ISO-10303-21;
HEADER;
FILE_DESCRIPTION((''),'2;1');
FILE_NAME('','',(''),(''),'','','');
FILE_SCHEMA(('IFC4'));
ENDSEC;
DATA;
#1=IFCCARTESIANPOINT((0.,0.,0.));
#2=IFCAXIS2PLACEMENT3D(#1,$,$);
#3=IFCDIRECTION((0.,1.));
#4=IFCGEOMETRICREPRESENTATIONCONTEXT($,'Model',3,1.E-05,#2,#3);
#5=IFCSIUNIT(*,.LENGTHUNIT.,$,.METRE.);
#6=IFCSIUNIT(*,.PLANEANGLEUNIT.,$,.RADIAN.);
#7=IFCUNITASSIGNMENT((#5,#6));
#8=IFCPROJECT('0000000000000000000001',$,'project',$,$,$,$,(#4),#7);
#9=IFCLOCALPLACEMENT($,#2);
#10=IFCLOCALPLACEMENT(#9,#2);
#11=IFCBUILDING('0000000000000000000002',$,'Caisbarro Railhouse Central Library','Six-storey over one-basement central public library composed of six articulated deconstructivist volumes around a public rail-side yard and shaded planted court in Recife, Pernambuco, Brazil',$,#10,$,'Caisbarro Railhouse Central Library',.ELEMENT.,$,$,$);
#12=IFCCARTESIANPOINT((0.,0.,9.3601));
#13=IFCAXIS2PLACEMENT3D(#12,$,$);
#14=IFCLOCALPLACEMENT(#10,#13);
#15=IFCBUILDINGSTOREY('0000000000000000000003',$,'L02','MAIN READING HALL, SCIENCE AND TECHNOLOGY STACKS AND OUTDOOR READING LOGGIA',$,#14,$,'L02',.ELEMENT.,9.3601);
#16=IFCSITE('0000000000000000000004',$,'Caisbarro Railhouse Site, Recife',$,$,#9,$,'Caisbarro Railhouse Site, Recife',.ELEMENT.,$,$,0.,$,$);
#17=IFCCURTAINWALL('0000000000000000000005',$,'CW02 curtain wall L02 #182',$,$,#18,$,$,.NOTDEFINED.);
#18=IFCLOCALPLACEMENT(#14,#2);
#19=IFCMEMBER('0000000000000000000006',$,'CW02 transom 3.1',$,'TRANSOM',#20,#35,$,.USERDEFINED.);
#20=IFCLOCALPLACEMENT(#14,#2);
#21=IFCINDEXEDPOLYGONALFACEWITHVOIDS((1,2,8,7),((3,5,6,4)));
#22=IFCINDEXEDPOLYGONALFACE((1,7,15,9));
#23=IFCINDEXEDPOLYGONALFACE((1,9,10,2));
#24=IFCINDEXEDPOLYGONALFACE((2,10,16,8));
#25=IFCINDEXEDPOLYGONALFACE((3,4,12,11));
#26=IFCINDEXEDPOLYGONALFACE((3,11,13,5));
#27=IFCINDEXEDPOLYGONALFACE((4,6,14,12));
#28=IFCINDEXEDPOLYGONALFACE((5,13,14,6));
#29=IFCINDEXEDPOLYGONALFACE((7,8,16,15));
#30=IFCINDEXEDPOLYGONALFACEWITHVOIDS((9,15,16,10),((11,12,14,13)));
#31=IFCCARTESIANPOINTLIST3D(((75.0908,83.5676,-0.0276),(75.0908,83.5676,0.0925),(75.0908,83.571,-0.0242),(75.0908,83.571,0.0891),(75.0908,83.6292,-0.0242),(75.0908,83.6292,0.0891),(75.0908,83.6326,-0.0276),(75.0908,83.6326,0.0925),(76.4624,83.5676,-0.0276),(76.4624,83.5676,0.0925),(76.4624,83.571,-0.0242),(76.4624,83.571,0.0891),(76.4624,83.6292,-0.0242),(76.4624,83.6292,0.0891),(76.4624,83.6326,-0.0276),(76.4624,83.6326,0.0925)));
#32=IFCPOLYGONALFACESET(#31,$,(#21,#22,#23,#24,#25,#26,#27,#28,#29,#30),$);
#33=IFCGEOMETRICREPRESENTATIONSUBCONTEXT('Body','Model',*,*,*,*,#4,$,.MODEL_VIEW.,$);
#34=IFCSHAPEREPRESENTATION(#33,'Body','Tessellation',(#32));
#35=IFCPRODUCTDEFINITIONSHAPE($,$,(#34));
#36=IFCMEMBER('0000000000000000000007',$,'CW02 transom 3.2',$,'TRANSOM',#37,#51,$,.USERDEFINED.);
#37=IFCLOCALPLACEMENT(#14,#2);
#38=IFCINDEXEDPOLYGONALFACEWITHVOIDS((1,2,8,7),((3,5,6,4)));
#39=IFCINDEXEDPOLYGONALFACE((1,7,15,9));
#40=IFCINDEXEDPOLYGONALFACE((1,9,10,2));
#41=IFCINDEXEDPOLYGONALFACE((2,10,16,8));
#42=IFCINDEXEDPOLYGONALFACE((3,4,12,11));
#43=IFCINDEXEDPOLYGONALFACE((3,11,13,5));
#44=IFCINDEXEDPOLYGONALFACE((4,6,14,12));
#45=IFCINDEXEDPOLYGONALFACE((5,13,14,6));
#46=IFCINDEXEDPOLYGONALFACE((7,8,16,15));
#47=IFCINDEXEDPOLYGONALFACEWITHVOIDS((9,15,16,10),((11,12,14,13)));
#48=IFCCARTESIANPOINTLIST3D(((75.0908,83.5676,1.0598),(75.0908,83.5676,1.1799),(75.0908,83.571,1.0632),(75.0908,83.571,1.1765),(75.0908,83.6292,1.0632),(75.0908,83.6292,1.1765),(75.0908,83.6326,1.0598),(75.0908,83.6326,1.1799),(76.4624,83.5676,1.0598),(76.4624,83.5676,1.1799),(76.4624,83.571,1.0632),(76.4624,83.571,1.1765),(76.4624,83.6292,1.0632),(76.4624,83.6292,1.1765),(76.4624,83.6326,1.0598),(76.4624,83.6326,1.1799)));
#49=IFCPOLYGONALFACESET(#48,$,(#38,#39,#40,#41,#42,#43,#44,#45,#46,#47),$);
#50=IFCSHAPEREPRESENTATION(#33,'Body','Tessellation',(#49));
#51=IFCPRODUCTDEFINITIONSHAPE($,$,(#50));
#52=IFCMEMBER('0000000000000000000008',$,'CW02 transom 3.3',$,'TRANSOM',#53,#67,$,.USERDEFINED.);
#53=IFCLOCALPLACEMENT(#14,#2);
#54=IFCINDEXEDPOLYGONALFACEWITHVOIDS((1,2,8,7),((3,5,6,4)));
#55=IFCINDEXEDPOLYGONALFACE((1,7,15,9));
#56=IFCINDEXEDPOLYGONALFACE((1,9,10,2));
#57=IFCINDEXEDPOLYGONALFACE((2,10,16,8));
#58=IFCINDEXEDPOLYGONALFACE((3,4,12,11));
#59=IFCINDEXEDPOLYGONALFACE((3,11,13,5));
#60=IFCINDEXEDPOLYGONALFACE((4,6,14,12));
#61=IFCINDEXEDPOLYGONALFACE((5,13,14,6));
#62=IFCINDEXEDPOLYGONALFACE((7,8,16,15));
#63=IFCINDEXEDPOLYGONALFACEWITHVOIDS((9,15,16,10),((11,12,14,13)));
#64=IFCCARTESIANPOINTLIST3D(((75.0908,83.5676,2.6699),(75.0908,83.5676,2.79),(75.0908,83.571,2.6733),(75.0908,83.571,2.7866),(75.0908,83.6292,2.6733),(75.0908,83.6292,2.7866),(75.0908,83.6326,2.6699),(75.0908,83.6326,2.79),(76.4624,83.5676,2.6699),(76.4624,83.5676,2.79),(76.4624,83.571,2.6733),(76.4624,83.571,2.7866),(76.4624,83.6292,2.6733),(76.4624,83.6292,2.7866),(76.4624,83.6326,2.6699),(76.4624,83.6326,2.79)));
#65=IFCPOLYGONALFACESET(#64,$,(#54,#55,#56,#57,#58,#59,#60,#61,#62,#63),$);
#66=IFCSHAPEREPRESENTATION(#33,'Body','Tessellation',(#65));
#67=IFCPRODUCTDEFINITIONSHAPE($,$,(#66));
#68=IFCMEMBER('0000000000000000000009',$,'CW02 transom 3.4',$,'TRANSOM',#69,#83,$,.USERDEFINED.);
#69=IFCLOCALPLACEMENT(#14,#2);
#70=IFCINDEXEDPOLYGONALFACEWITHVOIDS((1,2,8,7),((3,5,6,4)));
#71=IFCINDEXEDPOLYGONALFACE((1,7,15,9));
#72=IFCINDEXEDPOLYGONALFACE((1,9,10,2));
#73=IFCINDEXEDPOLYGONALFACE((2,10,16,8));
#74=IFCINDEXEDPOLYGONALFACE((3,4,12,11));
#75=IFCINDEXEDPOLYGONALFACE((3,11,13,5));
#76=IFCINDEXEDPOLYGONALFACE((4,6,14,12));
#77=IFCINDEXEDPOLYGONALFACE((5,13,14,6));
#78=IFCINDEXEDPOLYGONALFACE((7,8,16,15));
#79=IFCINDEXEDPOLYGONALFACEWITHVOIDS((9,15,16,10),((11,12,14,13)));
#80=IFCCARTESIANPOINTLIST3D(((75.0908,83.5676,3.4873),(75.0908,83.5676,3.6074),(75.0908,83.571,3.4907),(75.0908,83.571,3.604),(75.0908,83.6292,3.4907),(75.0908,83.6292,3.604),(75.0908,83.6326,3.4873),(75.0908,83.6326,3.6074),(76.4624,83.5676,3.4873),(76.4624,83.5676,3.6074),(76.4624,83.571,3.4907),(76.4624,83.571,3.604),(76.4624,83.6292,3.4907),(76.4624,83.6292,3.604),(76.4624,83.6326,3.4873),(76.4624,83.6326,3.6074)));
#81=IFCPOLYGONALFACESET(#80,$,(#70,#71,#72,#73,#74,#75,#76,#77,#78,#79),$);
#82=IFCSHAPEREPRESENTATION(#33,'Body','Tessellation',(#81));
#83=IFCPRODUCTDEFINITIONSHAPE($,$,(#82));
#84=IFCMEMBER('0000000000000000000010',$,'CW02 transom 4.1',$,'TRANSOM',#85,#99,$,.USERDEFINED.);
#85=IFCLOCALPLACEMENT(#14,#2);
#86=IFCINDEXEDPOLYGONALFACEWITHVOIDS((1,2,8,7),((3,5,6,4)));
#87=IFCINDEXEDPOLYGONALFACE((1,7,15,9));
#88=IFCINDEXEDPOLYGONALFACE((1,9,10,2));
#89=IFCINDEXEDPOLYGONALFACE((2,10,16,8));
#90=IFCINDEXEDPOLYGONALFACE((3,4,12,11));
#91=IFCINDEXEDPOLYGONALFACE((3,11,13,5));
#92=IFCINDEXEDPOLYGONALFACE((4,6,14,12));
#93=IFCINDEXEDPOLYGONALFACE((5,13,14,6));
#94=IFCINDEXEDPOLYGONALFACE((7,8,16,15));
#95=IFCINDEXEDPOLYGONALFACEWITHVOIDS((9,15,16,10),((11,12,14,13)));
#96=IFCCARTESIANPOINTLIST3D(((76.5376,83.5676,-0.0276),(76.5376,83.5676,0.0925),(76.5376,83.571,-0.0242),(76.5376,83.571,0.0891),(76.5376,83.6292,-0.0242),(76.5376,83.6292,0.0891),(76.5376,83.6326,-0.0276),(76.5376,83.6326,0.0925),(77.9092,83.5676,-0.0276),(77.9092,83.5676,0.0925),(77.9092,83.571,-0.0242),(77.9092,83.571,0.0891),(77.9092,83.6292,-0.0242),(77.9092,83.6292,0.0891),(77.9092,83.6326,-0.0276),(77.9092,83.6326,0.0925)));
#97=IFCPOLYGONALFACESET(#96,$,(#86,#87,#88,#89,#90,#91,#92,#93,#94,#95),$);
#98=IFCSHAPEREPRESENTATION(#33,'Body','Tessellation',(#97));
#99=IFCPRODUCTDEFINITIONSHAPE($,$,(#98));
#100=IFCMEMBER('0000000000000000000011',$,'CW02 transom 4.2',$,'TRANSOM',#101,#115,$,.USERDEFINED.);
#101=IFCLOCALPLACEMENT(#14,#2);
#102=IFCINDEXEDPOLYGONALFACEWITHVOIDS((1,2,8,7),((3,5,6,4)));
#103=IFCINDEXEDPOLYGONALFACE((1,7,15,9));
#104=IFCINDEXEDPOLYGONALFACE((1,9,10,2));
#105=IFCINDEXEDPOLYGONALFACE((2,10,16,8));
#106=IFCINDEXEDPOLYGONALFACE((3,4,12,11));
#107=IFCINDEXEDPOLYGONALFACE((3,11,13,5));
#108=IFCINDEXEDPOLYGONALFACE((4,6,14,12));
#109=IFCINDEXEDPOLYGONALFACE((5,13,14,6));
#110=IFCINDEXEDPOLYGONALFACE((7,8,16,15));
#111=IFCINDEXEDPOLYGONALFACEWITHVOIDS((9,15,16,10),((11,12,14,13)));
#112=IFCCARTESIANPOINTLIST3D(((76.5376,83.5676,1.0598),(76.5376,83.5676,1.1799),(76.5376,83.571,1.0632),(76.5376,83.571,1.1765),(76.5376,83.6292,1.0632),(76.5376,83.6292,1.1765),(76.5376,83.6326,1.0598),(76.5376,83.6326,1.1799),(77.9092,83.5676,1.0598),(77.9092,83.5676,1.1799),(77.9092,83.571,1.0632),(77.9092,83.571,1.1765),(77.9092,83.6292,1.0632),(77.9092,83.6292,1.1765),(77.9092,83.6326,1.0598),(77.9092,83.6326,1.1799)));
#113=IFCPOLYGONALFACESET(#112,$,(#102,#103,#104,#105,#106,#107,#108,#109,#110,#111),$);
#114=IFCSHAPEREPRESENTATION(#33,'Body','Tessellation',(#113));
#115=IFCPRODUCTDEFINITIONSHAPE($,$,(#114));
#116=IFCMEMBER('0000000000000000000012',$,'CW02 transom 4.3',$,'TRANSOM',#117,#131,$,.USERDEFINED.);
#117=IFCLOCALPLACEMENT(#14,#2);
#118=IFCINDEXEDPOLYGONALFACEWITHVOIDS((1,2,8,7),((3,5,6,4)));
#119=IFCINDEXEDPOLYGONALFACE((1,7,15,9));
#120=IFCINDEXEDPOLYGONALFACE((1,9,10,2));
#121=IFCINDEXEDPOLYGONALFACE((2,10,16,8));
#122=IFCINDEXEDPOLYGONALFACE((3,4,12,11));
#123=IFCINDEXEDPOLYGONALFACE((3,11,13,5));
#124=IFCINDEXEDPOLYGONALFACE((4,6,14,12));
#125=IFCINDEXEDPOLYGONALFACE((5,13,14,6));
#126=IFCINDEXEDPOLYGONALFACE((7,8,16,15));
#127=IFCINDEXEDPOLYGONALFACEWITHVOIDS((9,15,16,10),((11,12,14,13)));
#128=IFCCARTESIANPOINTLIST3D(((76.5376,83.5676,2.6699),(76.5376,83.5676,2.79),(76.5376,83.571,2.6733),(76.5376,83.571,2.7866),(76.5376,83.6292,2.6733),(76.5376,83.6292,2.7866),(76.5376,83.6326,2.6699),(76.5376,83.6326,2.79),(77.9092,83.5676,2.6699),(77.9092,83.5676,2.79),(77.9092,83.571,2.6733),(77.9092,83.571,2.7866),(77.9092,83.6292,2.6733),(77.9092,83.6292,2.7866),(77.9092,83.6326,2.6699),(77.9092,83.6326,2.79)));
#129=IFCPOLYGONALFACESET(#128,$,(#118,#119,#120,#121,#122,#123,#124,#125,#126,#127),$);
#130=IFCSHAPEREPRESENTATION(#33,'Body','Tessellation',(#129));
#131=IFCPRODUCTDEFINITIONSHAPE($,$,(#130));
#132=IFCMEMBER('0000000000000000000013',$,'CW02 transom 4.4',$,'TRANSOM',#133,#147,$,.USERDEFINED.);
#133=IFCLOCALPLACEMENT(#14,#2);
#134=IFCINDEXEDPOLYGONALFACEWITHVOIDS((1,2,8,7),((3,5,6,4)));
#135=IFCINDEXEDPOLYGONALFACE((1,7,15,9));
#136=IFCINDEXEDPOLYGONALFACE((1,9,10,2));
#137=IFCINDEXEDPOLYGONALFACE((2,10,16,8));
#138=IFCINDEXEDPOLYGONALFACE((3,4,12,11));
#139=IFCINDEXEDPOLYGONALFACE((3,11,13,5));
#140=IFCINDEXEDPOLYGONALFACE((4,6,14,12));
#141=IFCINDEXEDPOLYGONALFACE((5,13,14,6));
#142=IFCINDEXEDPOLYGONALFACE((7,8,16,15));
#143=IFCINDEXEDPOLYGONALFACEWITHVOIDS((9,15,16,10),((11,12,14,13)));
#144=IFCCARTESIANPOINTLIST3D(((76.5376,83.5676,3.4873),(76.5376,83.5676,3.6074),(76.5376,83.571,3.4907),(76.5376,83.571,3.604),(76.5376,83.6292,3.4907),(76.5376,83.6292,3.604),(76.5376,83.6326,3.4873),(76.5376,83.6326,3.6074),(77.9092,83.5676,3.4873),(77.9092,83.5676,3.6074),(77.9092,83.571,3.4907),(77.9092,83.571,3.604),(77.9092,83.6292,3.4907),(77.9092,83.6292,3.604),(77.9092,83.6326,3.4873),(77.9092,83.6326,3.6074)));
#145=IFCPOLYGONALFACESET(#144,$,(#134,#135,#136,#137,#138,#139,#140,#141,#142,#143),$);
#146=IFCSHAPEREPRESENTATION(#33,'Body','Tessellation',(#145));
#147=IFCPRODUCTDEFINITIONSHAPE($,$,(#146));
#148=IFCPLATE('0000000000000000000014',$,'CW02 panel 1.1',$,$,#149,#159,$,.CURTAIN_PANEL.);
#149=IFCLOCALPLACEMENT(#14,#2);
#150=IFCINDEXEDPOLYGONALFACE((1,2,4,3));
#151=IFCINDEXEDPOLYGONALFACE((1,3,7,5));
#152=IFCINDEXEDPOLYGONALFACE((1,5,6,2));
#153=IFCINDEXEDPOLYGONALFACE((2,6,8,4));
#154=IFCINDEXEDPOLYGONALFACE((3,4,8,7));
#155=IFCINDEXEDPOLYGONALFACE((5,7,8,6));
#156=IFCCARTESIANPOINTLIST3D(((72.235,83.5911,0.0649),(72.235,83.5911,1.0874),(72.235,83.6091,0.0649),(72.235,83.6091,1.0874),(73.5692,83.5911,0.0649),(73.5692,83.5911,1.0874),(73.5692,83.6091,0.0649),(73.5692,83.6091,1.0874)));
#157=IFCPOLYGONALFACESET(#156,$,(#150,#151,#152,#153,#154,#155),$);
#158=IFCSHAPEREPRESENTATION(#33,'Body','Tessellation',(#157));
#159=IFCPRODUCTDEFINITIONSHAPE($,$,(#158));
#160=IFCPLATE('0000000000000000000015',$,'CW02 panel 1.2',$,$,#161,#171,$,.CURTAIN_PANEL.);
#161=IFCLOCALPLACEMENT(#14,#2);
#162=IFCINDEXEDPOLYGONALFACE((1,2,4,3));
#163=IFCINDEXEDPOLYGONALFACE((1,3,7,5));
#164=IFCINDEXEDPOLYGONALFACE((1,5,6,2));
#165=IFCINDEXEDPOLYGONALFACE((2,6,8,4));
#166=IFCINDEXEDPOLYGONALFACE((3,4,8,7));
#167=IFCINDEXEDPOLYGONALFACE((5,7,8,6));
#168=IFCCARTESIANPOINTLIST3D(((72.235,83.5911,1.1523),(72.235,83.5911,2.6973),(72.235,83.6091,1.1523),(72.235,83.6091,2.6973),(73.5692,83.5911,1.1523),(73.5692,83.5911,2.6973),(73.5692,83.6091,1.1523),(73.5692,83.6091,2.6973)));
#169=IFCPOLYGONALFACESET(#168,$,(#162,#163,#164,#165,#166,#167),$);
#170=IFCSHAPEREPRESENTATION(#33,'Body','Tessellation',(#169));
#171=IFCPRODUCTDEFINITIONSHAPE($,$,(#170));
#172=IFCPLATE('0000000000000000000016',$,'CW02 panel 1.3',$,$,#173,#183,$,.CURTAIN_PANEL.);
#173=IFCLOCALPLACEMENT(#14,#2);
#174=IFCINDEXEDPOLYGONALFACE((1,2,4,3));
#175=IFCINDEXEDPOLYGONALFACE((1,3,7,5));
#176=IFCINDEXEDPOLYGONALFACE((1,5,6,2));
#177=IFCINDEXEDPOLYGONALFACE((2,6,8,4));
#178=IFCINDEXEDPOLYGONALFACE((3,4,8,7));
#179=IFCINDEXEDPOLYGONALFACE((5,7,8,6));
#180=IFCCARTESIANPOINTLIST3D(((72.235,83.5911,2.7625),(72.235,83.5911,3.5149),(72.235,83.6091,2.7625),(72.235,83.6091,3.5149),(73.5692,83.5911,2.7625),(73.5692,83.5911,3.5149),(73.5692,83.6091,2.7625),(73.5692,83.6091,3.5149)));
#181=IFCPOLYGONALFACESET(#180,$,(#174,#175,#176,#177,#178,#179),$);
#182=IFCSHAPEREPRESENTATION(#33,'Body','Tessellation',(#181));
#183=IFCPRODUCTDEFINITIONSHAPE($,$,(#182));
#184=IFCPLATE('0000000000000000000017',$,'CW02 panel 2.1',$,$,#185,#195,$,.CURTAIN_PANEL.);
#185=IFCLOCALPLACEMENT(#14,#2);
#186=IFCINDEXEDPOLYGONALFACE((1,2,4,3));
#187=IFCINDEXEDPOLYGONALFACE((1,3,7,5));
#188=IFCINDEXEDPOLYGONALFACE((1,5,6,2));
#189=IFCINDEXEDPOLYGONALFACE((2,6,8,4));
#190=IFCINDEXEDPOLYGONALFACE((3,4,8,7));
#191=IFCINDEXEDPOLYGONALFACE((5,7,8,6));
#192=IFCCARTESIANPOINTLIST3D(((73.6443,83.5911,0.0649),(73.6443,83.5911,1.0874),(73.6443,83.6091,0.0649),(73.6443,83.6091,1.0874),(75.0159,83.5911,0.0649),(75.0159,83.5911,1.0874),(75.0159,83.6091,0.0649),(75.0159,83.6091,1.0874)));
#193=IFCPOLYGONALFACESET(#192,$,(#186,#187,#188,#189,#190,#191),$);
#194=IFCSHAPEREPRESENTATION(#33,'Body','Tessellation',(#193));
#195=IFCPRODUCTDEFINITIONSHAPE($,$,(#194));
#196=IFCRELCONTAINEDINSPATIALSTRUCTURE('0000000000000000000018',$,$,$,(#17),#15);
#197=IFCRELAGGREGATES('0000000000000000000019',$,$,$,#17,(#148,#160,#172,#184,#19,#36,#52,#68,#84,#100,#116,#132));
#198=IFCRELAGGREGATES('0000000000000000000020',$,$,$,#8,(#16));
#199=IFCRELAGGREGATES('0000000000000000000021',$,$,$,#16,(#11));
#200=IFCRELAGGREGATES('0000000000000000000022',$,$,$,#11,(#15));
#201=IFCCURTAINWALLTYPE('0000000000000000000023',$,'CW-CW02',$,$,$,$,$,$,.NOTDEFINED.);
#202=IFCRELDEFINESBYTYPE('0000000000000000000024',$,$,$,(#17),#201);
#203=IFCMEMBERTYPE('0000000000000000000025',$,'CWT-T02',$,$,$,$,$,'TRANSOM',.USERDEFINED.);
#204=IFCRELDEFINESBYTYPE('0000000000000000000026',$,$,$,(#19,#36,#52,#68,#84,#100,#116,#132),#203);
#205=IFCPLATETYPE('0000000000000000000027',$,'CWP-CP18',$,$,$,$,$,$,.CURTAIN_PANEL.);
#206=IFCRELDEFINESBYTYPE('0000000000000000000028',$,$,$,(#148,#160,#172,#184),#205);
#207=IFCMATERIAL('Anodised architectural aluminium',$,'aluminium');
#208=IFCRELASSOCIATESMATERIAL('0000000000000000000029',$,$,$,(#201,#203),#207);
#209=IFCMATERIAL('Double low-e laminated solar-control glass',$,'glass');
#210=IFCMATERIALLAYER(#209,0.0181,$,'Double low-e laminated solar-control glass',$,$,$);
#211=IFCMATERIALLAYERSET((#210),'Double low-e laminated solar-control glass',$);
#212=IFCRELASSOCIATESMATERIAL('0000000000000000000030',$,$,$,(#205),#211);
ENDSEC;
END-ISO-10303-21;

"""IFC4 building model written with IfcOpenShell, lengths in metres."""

from ifc_helpers import new_model, si_unit, direction, frame, origin, origin_2d, place, context, subcontext, project, spatial, rectangle, hollow_rectangle, extrude, material, layer, layer_set, material_profile, profile_set, type_object, element, aggregate, save


model = new_model("IFC4")

# Units and contexts
model_context = context("Model", 3, precision=1e-05, world=origin(), true_north=direction((0.0, 1.0)))
body_context = subcontext(model_context, "Body", "Model", "MODEL_VIEW")
ifc_project = project(units=[si_unit("LENGTHUNIT", "METRE"), si_unit("PLANEANGLEUNIT", "RADIAN")], contexts=[model_context])

# Site, building, storey
site_placement = place(None, origin())
site = spatial("IfcSite", under=ifc_project, at=site_placement, Name="Caisbarro Railhouse Site, Recife", LongName="Caisbarro Railhouse Site, Recife", CompositionType="ELEMENT", RefElevation=0.0)
building_placement = place(site_placement, origin())
building = spatial("IfcBuilding", under=site, at=building_placement, Name="Caisbarro Railhouse Central Library", Description="Six-storey over one-basement central public library composed of six articulated deconstructivist volumes around a public rail-side yard and shaded planted court in Recife, Pernambuco, Brazil", LongName="Caisbarro Railhouse Central Library", CompositionType="ELEMENT")
storey_placement = place(building_placement, frame((0.0, 0.0, 9.3601)))
storey = spatial("IfcBuildingStorey", under=building, at=storey_placement, Name="L02", Description="MAIN READING HALL, SCIENCE AND TECHNOLOGY STACKS AND OUTDOOR READING LOGGIA", LongName="L02", CompositionType="ELEMENT", Elevation=9.3601)

# Curtain wall, members, plates
ifc_material_1 = material(Name="Anodised architectural aluminium", Category="aluminium")
curtain_wall_type = type_object("IfcCurtainWallType", Name="CW-CW02", PredefinedType="NOTDEFINED", material=ifc_material_1)
curtain_wall_placement = place(storey_placement, origin())
curtain_wall = element("IfcCurtainWall", 1, at=curtain_wall_placement, inside=storey, type_object=curtain_wall_type, Name="CW02 curtain wall L02 #182", PredefinedType="NOTDEFINED")
ifc_material_profile_1 = material_profile(ifc_material_1, hollow_rectangle(XDim=0.0649, YDim=0.1201, WallThickness=0.0034, at=origin_2d()), Name="ALU-TRN-65X120")
ifc_profile_set_1 = profile_set([ifc_material_profile_1], Name="Anodised architectural aluminium")
member_type_1 = type_object("IfcMemberType", Name="CWT-T02", ElementType="TRANSOM", PredefinedType="USERDEFINED", material=ifc_profile_set_1)
member_1_placement = place(storey_placement, frame((75.0908, 83.6001, 0.0325), z_axis=(1.0, 0.0, 0.0), x_axis=(0.0, 1.0, 0.0)))
member_1 = element("IfcMember", 2, at=member_1_placement, type_object=member_type_1, Name="CW02 transom 3.1", ObjectType="TRANSOM", PredefinedType="USERDEFINED", context=body_context, shape_type="SweptSolid", body=[
    extrude(hollow_rectangle(XDim=0.0649, YDim=0.1201, WallThickness=0.0034, at=origin_2d()), origin(), (0.0, 0.0, 1.0), 1.3716),
])
member_2_placement = place(storey_placement, frame((75.0908, 83.6001, 1.1199), z_axis=(1.0, 0.0, 0.0), x_axis=(0.0, 1.0, 0.0)))
member_2 = element("IfcMember", 3, at=member_2_placement, type_object=member_type_1, Name="CW02 transom 3.2", ObjectType="TRANSOM", PredefinedType="USERDEFINED", context=body_context, shape_type="SweptSolid", body=[
    extrude(hollow_rectangle(XDim=0.0649, YDim=0.1201, WallThickness=0.0034, at=origin_2d()), origin(), (0.0, 0.0, 1.0), 1.3716),
])
member_3_placement = place(storey_placement, frame((75.0908, 83.6001, 2.73), z_axis=(1.0, 0.0, 0.0), x_axis=(0.0, 1.0, 0.0)))
member_3 = element("IfcMember", 4, at=member_3_placement, type_object=member_type_1, Name="CW02 transom 3.3", ObjectType="TRANSOM", PredefinedType="USERDEFINED", context=body_context, shape_type="SweptSolid", body=[
    extrude(hollow_rectangle(XDim=0.0649, YDim=0.1201, WallThickness=0.0034, at=origin_2d()), origin(), (0.0, 0.0, 1.0), 1.3716),
])
member_4_placement = place(storey_placement, frame((75.0908, 83.6001, 3.5474), z_axis=(1.0, 0.0, 0.0), x_axis=(0.0, 1.0, 0.0)))
member_4 = element("IfcMember", 5, at=member_4_placement, type_object=member_type_1, Name="CW02 transom 3.4", ObjectType="TRANSOM", PredefinedType="USERDEFINED", context=body_context, shape_type="SweptSolid", body=[
    extrude(hollow_rectangle(XDim=0.0649, YDim=0.1201, WallThickness=0.0034, at=origin_2d()), origin(), (0.0, 0.0, 1.0), 1.3716),
])
member_5_placement = place(storey_placement, frame((76.5376, 83.6001, 0.0325), z_axis=(1.0, 0.0, 0.0), x_axis=(0.0, 1.0, 0.0)))
member_5 = element("IfcMember", 6, at=member_5_placement, type_object=member_type_1, Name="CW02 transom 4.1", ObjectType="TRANSOM", PredefinedType="USERDEFINED", context=body_context, shape_type="SweptSolid", body=[
    extrude(hollow_rectangle(XDim=0.0649, YDim=0.1201, WallThickness=0.0034, at=origin_2d()), origin(), (0.0, 0.0, 1.0), 1.3716),
])
member_6_placement = place(storey_placement, frame((76.5376, 83.6001, 1.1199), z_axis=(1.0, 0.0, 0.0), x_axis=(0.0, 1.0, 0.0)))
member_6 = element("IfcMember", 7, at=member_6_placement, type_object=member_type_1, Name="CW02 transom 4.2", ObjectType="TRANSOM", PredefinedType="USERDEFINED", context=body_context, shape_type="SweptSolid", body=[
    extrude(hollow_rectangle(XDim=0.0649, YDim=0.1201, WallThickness=0.0034, at=origin_2d()), origin(), (0.0, 0.0, 1.0), 1.3716),
])
member_7_placement = place(storey_placement, frame((76.5376, 83.6001, 2.73), z_axis=(1.0, 0.0, 0.0), x_axis=(0.0, 1.0, 0.0)))
member_7 = element("IfcMember", 8, at=member_7_placement, type_object=member_type_1, Name="CW02 transom 4.3", ObjectType="TRANSOM", PredefinedType="USERDEFINED", context=body_context, shape_type="SweptSolid", body=[
    extrude(hollow_rectangle(XDim=0.0649, YDim=0.1201, WallThickness=0.0034, at=origin_2d()), origin(), (0.0, 0.0, 1.0), 1.3716),
])
member_8_placement = place(storey_placement, frame((76.5376, 83.6001, 3.5474), z_axis=(1.0, 0.0, 0.0), x_axis=(0.0, 1.0, 0.0)))
member_8 = element("IfcMember", 9, at=member_8_placement, type_object=member_type_1, Name="CW02 transom 4.4", ObjectType="TRANSOM", PredefinedType="USERDEFINED", context=body_context, shape_type="SweptSolid", body=[
    extrude(hollow_rectangle(XDim=0.0649, YDim=0.1201, WallThickness=0.0034, at=origin_2d()), origin(), (0.0, 0.0, 1.0), 1.3716),
])
ifc_material_2 = material(Name="Double low-e laminated solar-control glass", Category="glass")
ifc_layer = layer(ifc_material_2, 0.0181, Name="Double low-e laminated solar-control glass")
ifc_layer_set = layer_set([ifc_layer], Name="Double low-e laminated solar-control glass")
plate_type = type_object("IfcPlateType", Name="CWP-CP18", PredefinedType="CURTAIN_PANEL", material=ifc_layer_set)
plate_1_placement = place(storey_placement, frame((72.9021, 83.6001, 0.0649), z_axis=(0.0, 0.0, 1.0), x_axis=(1.0, 0.0, 0.0)))
plate_1 = element("IfcPlate", 10, at=plate_1_placement, type_object=plate_type, Name="CW02 panel 1.1", PredefinedType="CURTAIN_PANEL", context=body_context, shape_type="SweptSolid", body=[
    extrude(rectangle(XDim=1.3342, YDim=0.0181, at=origin_2d()), origin(), (0.0, 0.0, 1.0), 1.0225),
])
plate_2_placement = place(storey_placement, frame((72.9021, 83.6001, 1.1523), z_axis=(0.0, 0.0, 1.0), x_axis=(1.0, 0.0, 0.0)))
plate_2 = element("IfcPlate", 11, at=plate_2_placement, type_object=plate_type, Name="CW02 panel 1.2", PredefinedType="CURTAIN_PANEL", context=body_context, shape_type="SweptSolid", body=[
    extrude(rectangle(XDim=1.3342, YDim=0.0181, at=origin_2d()), origin(), (0.0, 0.0, 1.0), 1.5449),
])
plate_3_placement = place(storey_placement, frame((72.9021, 83.6001, 2.7625), z_axis=(0.0, 0.0, 1.0), x_axis=(1.0, 0.0, 0.0)))
plate_3 = element("IfcPlate", 12, at=plate_3_placement, type_object=plate_type, Name="CW02 panel 1.3", PredefinedType="CURTAIN_PANEL", context=body_context, shape_type="SweptSolid", body=[
    extrude(rectangle(XDim=1.3342, YDim=0.0181, at=origin_2d()), origin(), (0.0, 0.0, 1.0), 0.7524),
])
plate_4_placement = place(storey_placement, frame((74.3301, 83.6001, 0.0649), z_axis=(0.0, 0.0, 1.0), x_axis=(1.0, 0.0, 0.0)))
plate_4 = element("IfcPlate", 13, at=plate_4_placement, type_object=plate_type, Name="CW02 panel 2.1", PredefinedType="CURTAIN_PANEL", context=body_context, shape_type="SweptSolid", body=[
    extrude(rectangle(XDim=1.3716, YDim=0.0181, at=origin_2d()), origin(), (0.0, 0.0, 1.0), 1.0225),
])
aggregate(curtain_wall, [plate_1, plate_2, plate_3, plate_4, member_1, member_2, member_3, member_4, member_5, member_6, member_7, member_8])

save(model, "model.ifc")
